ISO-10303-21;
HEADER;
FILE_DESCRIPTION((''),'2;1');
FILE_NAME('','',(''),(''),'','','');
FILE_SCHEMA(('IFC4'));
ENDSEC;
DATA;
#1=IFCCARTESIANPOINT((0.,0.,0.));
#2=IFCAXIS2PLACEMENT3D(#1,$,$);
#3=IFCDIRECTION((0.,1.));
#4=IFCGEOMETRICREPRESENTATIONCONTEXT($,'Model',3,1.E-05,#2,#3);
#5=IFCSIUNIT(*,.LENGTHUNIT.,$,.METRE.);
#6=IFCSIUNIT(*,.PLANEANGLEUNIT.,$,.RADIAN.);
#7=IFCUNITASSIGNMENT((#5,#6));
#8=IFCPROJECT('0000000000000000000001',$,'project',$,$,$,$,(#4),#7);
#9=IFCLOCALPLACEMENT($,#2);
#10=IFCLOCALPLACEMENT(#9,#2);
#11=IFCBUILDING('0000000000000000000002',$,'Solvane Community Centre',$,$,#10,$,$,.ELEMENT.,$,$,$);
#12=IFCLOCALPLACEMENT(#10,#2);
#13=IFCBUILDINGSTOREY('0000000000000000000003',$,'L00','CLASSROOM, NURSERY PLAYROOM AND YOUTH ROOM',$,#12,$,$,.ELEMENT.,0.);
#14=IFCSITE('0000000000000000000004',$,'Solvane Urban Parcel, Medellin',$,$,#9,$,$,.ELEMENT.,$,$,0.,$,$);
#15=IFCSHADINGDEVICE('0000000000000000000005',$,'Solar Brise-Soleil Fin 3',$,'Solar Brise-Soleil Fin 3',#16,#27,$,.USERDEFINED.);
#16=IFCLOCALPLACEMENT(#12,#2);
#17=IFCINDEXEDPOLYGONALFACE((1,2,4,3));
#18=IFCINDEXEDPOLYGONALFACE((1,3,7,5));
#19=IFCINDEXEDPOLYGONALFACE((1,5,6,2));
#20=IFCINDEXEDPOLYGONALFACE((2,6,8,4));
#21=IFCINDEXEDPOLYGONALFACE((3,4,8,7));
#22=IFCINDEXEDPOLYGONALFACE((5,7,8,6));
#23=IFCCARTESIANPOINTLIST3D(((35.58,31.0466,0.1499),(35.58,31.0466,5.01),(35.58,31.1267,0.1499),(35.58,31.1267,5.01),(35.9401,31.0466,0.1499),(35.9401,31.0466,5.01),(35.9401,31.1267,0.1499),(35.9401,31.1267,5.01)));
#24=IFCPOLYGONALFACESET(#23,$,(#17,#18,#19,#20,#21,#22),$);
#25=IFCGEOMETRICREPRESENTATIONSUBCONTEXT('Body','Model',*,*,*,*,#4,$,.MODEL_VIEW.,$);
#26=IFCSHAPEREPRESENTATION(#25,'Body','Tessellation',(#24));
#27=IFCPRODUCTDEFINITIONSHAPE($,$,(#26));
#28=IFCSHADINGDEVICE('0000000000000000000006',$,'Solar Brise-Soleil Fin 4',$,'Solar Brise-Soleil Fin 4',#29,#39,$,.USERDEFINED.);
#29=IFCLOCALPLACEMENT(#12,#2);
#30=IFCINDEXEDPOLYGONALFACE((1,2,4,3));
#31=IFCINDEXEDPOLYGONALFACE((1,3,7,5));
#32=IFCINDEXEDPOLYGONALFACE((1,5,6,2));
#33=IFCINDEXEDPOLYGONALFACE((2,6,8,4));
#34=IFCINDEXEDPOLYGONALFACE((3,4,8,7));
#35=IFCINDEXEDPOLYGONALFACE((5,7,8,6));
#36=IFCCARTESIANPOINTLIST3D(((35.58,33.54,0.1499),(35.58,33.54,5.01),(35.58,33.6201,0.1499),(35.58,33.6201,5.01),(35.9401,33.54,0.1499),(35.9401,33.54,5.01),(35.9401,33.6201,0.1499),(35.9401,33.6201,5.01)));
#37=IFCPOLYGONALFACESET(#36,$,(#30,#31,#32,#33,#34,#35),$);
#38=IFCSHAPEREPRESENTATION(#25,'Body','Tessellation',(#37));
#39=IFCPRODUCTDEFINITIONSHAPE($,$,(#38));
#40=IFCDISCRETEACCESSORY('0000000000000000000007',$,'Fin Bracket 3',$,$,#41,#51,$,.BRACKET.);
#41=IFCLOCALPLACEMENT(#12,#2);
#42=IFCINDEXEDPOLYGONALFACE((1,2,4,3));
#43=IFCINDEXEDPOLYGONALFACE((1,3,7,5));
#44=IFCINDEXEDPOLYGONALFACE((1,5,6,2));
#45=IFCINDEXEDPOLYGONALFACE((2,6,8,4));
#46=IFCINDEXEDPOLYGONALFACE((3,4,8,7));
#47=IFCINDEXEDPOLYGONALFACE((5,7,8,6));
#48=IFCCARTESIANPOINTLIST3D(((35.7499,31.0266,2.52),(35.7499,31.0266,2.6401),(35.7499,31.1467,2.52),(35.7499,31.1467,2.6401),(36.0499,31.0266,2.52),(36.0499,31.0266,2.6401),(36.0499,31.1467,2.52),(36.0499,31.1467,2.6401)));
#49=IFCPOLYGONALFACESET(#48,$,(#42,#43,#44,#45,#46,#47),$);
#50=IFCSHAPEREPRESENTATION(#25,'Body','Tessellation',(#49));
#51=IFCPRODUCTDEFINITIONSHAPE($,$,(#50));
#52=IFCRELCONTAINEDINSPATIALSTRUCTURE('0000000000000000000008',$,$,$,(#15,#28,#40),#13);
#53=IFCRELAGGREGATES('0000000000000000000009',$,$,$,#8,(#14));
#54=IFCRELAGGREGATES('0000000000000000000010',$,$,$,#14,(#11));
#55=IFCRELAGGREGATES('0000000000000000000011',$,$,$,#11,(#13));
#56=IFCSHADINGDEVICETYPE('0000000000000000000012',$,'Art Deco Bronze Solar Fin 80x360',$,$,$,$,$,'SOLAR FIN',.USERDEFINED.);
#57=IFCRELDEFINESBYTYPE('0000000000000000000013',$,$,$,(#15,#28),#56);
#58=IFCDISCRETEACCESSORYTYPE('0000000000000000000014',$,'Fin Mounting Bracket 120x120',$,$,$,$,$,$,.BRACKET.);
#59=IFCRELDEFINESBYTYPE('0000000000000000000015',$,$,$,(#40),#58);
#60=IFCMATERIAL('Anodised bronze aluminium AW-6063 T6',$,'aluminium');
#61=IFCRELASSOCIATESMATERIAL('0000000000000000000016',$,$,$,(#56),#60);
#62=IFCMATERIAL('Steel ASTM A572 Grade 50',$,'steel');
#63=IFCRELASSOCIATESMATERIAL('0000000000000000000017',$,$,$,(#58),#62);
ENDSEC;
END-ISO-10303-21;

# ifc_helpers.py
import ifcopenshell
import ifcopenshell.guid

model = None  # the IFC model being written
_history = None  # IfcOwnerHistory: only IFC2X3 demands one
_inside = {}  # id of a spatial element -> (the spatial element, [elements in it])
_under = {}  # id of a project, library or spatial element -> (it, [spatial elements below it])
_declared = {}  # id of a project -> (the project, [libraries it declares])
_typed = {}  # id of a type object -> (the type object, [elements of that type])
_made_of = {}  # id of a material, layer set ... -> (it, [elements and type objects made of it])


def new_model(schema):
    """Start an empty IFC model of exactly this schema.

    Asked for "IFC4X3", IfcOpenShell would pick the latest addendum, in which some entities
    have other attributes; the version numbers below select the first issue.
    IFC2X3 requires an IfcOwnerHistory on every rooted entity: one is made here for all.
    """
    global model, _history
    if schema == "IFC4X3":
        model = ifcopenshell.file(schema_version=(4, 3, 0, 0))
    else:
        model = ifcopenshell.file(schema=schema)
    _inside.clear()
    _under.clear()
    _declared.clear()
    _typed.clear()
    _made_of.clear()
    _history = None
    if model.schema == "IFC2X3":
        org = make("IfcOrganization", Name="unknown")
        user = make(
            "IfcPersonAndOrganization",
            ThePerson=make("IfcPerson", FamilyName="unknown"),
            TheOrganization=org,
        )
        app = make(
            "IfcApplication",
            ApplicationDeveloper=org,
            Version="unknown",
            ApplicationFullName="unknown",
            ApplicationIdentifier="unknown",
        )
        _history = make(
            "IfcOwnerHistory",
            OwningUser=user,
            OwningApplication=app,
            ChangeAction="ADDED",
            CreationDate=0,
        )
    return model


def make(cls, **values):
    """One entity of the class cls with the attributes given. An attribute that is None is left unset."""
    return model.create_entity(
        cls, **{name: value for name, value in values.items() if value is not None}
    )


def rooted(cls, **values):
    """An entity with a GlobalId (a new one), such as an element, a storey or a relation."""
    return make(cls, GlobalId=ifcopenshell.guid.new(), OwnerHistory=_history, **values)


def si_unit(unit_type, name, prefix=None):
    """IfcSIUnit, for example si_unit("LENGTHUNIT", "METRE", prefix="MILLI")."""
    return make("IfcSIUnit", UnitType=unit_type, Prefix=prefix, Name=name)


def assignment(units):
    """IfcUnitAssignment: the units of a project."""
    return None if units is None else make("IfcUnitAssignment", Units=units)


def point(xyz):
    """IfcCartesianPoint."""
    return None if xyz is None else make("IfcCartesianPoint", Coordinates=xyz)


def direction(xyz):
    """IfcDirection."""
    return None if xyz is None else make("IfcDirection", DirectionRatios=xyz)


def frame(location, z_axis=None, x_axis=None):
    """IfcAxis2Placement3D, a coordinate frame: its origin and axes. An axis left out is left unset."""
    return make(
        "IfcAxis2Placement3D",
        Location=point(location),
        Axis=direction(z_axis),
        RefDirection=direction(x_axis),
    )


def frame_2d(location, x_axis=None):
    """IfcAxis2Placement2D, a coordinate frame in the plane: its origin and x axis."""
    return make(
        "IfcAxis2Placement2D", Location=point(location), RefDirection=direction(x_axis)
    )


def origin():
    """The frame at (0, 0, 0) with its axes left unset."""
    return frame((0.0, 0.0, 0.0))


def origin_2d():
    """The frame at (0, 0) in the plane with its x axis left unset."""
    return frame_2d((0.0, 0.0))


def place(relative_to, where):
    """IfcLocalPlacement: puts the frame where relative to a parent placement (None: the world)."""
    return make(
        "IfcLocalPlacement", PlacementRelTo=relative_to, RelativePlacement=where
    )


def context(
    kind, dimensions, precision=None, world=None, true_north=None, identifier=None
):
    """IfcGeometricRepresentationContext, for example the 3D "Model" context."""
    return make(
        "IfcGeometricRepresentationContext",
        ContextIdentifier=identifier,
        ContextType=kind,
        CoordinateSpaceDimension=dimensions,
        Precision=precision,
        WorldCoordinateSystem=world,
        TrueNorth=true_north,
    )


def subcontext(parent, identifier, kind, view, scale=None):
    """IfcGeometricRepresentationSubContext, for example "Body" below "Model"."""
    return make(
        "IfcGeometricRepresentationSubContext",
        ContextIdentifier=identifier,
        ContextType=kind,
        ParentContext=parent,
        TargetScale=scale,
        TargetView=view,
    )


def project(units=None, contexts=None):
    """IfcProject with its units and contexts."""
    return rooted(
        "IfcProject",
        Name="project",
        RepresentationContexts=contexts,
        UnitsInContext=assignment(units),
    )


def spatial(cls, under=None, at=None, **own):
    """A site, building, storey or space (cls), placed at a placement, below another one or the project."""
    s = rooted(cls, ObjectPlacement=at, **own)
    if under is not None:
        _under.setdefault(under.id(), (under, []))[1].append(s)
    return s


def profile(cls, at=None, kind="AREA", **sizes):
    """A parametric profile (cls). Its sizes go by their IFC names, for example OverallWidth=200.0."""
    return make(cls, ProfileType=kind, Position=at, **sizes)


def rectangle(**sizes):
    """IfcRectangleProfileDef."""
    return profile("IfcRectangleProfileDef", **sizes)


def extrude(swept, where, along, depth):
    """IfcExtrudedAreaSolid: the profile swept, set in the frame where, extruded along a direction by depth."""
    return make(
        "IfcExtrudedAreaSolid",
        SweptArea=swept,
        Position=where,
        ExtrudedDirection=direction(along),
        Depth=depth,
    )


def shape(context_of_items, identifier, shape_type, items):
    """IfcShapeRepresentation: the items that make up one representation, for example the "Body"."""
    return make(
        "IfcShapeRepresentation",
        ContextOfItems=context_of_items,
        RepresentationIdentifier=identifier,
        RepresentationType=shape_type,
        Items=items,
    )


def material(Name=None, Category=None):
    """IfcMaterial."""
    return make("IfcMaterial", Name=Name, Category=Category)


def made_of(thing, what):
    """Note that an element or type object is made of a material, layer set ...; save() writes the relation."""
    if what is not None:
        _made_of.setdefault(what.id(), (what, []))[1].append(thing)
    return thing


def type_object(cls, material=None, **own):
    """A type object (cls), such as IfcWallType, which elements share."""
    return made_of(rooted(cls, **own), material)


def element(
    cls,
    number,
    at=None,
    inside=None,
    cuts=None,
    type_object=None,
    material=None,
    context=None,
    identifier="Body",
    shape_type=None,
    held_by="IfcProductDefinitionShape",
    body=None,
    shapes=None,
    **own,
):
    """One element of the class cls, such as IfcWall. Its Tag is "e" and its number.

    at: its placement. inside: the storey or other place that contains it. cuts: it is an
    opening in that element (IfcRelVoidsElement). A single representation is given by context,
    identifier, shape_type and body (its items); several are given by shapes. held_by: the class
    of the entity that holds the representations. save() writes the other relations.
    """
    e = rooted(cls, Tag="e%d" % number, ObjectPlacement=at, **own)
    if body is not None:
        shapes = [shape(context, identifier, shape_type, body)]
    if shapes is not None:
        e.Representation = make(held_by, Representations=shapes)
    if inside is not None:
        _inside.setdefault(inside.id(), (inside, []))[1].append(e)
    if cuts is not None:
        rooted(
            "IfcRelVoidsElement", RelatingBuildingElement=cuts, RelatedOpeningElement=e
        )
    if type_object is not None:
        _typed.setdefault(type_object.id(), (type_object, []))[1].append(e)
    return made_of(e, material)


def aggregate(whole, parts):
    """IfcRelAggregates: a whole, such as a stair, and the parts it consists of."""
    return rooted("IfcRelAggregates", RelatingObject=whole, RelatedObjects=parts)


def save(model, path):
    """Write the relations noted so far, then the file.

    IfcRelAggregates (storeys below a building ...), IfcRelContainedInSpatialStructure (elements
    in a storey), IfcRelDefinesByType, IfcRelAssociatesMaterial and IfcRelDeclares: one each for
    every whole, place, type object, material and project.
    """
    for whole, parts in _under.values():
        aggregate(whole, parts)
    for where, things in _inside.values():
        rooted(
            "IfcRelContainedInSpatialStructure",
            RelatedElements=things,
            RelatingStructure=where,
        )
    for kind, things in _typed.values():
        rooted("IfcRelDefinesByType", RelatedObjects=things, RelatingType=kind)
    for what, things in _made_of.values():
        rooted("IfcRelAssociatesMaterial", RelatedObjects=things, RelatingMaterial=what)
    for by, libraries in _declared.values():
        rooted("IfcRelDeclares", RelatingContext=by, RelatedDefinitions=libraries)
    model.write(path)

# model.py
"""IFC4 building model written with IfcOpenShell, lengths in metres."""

from ifc_helpers import new_model, si_unit, direction, frame, origin, origin_2d, place, context, subcontext, project, spatial, rectangle, extrude, material, type_object, element, save


model = new_model("IFC4")

# Units and contexts
model_context = context("Model", 3, precision=1e-05, world=origin(), true_north=direction((0.0, 1.0)))
body_context = subcontext(model_context, "Body", "Model", "MODEL_VIEW")
ifc_project = project(units=[si_unit("LENGTHUNIT", "METRE"), si_unit("PLANEANGLEUNIT", "RADIAN")], contexts=[model_context])

# Site, building, storey
site_placement = place(None, origin())
site = spatial("IfcSite", under=ifc_project, at=site_placement, Name="Solvane Urban Parcel, Medellin", CompositionType="ELEMENT", RefElevation=0.0)
building_placement = place(site_placement, origin())
building = spatial("IfcBuilding", under=site, at=building_placement, Name="Solvane Community Centre", CompositionType="ELEMENT")
storey_placement = place(building_placement, origin())
storey = spatial("IfcBuildingStorey", under=building, at=storey_placement, Name="L00", Description="CLASSROOM, NURSERY PLAYROOM AND YOUTH ROOM", CompositionType="ELEMENT", Elevation=0.0)

# Shared definitions
ifc_material_1 = material(Name="Anodised bronze aluminium AW-6063 T6", Category="aluminium")

# Shading devices
shading_device_type = type_object("IfcShadingDeviceType", Name="Art Deco Bronze Solar Fin 80x360", ElementType="SOLAR FIN", PredefinedType="USERDEFINED", material=ifc_material_1)
shading_device_1_placement = place(storey_placement, frame((35.76, 31.0867, 0.1499), z_axis=(0.0, 0.0, 1.0), x_axis=(0.0, 1.0, 0.0)))
element("IfcShadingDevice", 1, at=shading_device_1_placement, inside=storey, type_object=shading_device_type, Name="Solar Brise-Soleil Fin 3", ObjectType="Solar Brise-Soleil Fin 3", PredefinedType="USERDEFINED", context=body_context, shape_type="SweptSolid", body=[
    extrude(rectangle(XDim=0.0801, YDim=0.3601, at=origin_2d()), origin(), (0.0, 0.0, 1.0), 4.8601),
])
shading_device_2_placement = place(storey_placement, frame((35.76, 33.5801, 0.1499), z_axis=(0.0, 0.0, 1.0), x_axis=(0.0, 1.0, 0.0)))
element("IfcShadingDevice", 2, at=shading_device_2_placement, inside=storey, type_object=shading_device_type, Name="Solar Brise-Soleil Fin 4", ObjectType="Solar Brise-Soleil Fin 4", PredefinedType="USERDEFINED", context=body_context, shape_type="SweptSolid", body=[
    extrude(rectangle(XDim=0.0801, YDim=0.3601, at=origin_2d()), origin(), (0.0, 0.0, 1.0), 4.8601),
])

# Discrete accessory
ifc_material_2 = material(Name="Steel ASTM A572 Grade 50", Category="steel")
discrete_accessory_type = type_object("IfcDiscreteAccessoryType", Name="Fin Mounting Bracket 120x120", PredefinedType="BRACKET", material=ifc_material_2)
discrete_accessory_placement = place(storey_placement, frame((35.8999, 31.0867, 2.52), z_axis=(0.0, 0.0, 1.0), x_axis=(0.0, 1.0, 0.0)))
element("IfcDiscreteAccessory", 3, at=discrete_accessory_placement, inside=storey, type_object=discrete_accessory_type, Name="Fin Bracket 3", PredefinedType="BRACKET", context=body_context, shape_type="SweptSolid", body=[
    extrude(rectangle(XDim=0.1201, YDim=0.3, at=origin_2d()), origin(), (0.0, 0.0, 1.0), 0.1201),
])

save(model, "model.ifc")
